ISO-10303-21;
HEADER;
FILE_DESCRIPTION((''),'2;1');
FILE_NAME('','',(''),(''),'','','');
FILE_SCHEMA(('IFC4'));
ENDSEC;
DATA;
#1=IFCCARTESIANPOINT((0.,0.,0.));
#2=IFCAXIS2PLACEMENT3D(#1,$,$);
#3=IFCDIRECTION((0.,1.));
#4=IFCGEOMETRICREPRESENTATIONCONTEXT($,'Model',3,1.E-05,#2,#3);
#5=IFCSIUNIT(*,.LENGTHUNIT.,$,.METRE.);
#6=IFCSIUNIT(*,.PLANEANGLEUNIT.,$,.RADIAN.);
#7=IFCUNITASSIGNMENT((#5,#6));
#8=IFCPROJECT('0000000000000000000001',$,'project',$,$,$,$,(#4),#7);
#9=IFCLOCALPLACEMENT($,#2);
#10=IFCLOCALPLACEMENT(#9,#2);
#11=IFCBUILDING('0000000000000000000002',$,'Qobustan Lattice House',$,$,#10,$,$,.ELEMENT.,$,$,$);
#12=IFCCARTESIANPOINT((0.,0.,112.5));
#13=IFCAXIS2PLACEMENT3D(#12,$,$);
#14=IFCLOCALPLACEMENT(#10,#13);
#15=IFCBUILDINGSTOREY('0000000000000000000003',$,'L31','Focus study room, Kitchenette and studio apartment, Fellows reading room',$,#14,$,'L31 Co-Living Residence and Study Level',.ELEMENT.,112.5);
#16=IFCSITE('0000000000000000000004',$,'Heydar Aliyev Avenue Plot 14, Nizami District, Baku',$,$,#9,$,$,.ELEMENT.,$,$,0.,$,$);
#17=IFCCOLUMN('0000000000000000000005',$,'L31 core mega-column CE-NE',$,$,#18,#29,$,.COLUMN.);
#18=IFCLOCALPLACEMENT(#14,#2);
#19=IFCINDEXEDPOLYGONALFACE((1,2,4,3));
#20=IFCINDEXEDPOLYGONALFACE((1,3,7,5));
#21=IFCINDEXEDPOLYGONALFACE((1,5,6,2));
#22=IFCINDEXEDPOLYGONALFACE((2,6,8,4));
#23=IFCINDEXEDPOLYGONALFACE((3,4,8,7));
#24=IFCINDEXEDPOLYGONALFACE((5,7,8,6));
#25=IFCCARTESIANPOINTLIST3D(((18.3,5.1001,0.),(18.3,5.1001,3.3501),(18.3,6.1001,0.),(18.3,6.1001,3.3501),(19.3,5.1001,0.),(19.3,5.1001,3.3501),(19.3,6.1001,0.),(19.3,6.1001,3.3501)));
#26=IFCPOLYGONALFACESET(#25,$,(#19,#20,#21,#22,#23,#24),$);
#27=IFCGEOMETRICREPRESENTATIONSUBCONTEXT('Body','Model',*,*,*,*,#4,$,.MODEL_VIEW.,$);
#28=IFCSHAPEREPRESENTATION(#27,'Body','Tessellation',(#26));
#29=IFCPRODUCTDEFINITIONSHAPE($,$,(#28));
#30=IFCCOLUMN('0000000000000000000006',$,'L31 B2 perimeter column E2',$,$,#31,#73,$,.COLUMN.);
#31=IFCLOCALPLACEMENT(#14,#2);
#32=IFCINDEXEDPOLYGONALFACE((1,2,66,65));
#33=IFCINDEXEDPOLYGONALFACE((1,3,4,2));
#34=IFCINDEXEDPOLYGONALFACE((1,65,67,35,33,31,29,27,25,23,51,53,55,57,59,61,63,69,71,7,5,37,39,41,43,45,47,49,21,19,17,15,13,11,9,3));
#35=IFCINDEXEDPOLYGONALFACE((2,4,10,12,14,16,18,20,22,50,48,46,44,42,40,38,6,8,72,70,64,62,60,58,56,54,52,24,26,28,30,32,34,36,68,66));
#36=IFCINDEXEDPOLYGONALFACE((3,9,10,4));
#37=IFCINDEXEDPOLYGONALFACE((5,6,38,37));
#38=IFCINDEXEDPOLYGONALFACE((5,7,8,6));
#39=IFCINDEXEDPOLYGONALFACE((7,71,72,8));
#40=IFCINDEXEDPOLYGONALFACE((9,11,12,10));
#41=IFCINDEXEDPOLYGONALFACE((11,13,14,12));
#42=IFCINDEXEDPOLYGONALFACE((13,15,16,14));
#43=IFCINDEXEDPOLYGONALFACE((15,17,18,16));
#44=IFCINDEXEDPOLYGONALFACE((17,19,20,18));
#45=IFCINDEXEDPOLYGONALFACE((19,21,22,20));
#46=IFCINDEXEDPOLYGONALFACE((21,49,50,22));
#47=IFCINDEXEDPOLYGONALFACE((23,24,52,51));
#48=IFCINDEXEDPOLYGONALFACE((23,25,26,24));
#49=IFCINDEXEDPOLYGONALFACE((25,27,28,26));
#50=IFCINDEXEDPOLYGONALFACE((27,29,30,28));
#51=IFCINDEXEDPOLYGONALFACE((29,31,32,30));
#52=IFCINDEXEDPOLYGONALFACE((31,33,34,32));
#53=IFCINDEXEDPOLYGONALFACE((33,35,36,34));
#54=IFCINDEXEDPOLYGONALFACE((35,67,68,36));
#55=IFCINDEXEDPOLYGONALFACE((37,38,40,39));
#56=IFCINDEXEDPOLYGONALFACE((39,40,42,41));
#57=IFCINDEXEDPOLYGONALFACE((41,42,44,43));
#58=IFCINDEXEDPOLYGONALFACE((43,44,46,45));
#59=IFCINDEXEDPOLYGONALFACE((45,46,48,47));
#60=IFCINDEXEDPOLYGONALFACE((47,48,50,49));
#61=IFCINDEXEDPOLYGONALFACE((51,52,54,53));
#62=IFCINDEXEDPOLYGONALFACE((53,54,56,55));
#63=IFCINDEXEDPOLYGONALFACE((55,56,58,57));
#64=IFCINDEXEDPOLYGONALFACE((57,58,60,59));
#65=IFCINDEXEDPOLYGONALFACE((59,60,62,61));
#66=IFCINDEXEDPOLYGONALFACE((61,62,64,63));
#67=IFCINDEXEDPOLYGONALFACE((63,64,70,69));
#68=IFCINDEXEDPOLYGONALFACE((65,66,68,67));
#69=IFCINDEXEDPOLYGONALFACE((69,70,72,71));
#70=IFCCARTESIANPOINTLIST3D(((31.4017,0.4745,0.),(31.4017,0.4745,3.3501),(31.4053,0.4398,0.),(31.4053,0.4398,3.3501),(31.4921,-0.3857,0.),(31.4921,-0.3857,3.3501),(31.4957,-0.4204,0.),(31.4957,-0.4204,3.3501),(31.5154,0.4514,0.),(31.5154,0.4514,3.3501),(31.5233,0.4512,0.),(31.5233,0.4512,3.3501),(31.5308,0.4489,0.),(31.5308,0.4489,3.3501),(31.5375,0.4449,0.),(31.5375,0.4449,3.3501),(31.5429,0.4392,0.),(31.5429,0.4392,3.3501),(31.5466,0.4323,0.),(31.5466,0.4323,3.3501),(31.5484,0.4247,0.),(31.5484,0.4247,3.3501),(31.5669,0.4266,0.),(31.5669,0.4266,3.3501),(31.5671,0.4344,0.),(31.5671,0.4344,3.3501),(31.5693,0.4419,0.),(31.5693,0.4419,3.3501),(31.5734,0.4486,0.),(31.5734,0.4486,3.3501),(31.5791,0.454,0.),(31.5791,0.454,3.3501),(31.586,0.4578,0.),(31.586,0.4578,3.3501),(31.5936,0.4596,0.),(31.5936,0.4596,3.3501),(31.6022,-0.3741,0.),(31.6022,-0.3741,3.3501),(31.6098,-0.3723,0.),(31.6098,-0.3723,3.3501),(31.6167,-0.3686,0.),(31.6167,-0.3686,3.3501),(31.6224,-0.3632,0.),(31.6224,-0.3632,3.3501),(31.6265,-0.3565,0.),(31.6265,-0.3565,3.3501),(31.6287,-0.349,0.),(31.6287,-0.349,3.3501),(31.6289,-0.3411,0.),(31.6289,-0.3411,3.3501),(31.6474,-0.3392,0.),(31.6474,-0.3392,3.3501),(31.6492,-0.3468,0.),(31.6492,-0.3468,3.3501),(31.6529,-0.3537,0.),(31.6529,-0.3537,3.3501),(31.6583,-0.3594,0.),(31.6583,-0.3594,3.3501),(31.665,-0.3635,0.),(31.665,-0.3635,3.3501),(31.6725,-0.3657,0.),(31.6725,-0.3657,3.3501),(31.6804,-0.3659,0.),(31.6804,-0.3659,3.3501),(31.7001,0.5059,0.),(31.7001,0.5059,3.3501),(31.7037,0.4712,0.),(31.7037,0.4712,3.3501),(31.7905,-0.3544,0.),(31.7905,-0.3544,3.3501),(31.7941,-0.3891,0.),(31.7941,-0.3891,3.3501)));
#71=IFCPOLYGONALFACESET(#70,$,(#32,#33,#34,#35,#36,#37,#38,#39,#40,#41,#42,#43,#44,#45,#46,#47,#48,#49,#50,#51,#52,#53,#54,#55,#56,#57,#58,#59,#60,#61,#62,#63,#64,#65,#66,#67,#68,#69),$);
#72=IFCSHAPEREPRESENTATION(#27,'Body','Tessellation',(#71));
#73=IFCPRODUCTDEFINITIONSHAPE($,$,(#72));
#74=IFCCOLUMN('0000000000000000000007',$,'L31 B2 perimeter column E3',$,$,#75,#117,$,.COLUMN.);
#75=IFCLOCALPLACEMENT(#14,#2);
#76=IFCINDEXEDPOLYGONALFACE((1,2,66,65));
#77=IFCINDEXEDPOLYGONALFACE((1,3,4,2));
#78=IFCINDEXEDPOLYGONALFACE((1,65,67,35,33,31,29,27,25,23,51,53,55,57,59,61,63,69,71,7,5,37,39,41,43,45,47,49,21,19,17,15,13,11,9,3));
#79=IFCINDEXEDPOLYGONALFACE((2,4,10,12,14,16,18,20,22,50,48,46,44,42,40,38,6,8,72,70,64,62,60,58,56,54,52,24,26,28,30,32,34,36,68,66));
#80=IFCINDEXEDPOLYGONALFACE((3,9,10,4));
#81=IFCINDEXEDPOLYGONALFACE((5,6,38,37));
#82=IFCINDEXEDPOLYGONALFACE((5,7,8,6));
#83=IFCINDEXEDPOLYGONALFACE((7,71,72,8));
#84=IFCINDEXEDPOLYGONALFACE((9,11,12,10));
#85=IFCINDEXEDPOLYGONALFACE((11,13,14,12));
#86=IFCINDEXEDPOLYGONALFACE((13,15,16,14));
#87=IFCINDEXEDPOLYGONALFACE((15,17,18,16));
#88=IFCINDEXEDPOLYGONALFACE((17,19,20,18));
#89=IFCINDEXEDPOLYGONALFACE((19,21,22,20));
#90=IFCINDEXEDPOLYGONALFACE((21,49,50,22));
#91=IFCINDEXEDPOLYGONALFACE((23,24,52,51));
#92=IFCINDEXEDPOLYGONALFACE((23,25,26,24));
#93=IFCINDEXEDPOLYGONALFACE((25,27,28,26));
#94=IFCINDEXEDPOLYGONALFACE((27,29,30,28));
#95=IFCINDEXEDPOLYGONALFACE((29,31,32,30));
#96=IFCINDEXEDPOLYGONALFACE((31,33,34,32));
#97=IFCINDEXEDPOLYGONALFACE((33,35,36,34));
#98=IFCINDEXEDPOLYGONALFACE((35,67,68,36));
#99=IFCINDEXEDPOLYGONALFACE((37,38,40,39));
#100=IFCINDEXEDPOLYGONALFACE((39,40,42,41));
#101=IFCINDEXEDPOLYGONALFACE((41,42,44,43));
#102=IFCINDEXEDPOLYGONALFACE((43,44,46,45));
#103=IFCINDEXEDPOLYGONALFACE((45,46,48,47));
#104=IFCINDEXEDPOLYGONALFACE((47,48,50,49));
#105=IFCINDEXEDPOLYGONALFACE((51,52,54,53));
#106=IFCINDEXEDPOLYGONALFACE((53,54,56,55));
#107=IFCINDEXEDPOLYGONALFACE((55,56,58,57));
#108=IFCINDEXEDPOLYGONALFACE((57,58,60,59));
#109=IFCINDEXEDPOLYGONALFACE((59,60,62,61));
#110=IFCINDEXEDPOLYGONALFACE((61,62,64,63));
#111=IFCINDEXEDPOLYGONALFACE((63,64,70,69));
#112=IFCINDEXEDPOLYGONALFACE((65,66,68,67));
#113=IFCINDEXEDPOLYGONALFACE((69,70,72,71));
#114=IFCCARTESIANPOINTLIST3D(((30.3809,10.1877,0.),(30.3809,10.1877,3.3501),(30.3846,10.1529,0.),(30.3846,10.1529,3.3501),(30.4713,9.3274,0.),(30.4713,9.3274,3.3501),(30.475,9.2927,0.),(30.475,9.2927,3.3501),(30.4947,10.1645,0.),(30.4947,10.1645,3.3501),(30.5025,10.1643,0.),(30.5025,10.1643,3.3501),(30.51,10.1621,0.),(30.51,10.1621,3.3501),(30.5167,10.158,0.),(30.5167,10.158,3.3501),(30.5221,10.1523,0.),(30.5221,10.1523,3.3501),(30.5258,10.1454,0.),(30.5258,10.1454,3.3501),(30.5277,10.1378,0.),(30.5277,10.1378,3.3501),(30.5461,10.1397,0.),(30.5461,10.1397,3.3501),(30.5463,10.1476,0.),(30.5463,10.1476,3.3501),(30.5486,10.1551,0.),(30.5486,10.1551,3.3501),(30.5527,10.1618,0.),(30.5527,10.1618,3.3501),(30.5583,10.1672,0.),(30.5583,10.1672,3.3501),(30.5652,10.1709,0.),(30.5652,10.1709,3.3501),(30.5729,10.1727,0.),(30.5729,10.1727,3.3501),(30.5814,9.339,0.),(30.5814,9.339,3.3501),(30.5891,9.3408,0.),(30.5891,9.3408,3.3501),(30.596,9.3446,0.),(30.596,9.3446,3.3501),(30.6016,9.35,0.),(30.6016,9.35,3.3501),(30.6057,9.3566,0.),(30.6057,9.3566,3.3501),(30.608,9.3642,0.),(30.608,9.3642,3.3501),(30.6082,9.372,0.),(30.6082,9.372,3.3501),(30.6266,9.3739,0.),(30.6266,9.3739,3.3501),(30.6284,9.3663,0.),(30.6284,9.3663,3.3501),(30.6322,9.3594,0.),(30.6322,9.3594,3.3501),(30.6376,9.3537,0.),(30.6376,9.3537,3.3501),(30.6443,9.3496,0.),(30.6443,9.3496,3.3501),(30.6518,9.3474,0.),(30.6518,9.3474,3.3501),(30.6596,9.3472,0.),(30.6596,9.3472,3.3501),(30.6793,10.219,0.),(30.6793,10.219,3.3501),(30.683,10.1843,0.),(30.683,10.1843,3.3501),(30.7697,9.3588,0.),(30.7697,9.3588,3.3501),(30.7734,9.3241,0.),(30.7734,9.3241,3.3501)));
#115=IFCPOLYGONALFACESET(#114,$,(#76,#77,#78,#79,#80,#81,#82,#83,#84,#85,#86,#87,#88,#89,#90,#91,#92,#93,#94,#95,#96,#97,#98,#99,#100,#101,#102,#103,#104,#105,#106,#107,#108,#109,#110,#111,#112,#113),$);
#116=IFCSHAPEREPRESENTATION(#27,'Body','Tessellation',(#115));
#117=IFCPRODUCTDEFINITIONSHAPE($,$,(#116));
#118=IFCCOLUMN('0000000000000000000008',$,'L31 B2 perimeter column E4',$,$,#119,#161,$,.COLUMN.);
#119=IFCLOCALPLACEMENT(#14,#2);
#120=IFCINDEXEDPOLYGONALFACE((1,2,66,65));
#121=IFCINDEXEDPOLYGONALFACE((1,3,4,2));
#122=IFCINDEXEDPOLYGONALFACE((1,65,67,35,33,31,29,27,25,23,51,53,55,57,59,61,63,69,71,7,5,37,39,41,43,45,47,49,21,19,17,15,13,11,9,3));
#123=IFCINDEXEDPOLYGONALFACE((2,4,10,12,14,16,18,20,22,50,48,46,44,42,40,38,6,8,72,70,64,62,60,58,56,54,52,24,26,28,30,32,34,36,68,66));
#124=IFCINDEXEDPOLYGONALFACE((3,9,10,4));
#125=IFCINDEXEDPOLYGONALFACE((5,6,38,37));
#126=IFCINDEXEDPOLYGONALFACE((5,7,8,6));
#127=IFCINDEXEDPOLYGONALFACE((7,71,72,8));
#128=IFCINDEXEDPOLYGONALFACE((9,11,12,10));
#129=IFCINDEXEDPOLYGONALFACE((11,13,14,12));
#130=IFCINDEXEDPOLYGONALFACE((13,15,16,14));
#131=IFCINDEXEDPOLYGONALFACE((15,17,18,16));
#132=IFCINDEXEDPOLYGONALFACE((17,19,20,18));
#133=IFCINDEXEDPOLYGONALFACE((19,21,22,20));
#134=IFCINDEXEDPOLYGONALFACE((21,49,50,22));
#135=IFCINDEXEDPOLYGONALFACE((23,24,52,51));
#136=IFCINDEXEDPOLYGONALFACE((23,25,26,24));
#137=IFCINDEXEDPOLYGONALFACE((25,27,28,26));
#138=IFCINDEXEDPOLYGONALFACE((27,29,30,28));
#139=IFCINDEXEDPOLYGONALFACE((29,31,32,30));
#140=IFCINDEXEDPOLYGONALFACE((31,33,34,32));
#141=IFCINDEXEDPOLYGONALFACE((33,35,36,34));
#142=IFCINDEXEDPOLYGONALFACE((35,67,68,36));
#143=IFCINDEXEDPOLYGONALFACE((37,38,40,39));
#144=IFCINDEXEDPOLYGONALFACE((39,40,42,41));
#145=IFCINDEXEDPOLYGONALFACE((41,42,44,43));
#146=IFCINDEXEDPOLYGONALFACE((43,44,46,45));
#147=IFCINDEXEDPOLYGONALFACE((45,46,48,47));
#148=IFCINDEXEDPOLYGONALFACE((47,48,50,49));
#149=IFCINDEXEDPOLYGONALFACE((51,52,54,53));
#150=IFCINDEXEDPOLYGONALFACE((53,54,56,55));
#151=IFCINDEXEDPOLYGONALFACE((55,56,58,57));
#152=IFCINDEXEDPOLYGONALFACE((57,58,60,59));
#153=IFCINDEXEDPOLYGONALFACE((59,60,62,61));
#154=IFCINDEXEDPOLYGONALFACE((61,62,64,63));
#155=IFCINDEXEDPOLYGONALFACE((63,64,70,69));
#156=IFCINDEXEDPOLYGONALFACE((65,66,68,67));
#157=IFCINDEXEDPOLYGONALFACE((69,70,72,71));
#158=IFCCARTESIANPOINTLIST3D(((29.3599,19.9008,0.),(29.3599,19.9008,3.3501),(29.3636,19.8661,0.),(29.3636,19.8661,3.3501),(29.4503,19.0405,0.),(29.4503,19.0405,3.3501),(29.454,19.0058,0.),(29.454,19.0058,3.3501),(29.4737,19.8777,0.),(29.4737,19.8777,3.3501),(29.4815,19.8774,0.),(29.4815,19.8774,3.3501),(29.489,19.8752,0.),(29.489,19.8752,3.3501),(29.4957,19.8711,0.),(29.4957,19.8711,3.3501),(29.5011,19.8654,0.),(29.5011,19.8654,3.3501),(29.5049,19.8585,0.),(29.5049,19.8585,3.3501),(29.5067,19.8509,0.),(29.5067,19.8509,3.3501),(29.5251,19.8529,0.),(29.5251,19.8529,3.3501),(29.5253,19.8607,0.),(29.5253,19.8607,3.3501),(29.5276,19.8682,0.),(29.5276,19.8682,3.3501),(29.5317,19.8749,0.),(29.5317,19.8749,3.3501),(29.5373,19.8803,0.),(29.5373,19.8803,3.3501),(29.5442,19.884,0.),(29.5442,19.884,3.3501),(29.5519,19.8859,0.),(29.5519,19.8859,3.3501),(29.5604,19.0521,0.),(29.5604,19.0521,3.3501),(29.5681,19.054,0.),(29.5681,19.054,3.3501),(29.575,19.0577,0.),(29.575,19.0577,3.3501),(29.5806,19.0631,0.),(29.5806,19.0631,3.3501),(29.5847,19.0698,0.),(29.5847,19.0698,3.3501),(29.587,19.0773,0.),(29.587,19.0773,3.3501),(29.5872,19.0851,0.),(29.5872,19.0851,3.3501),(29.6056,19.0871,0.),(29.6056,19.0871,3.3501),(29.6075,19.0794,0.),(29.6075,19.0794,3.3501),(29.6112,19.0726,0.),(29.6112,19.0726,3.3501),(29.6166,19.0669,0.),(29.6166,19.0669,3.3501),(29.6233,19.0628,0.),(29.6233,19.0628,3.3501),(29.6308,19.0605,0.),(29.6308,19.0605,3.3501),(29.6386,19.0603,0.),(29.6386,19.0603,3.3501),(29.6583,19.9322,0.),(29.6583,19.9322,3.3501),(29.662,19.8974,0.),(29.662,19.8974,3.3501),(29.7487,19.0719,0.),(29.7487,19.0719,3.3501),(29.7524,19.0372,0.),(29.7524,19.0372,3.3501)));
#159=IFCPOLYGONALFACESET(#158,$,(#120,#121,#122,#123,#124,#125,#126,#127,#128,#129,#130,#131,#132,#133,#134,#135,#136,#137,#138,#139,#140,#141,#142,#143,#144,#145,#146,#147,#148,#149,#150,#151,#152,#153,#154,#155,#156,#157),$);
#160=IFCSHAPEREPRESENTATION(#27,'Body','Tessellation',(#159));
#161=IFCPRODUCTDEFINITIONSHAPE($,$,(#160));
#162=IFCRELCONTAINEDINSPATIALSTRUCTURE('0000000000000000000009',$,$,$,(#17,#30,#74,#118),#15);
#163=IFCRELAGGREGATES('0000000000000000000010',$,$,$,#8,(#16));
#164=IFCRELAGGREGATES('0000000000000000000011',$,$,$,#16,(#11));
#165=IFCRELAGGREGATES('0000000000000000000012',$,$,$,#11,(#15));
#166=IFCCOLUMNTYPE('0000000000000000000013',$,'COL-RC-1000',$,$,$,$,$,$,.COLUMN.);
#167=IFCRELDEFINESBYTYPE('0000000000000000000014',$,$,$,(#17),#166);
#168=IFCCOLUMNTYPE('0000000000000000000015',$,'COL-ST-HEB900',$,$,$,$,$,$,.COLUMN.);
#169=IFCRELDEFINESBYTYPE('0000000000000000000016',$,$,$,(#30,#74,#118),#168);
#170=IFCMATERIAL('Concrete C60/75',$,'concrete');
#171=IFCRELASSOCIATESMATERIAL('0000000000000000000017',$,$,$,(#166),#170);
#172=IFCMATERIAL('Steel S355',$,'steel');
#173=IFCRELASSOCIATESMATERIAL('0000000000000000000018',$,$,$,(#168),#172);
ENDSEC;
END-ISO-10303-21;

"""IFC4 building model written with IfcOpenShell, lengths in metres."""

from ifc_helpers import new_model, si_unit, direction, frame, origin, origin_2d, place, context, subcontext, project, spatial, rectangle, i_section, extrude, material, material_profile, profile_set, type_object, element, save


model = new_model("IFC4")

# Units and contexts
model_context = context("Model", 3, precision=1e-05, world=origin(), true_north=direction((0.0, 1.0)))
body_context = subcontext(model_context, "Body", "Model", "MODEL_VIEW")
ifc_project = project(units=[si_unit("LENGTHUNIT", "METRE"), si_unit("PLANEANGLEUNIT", "RADIAN")], contexts=[model_context])

# Site, building, storey
site_placement = place(None, origin())
site = spatial("IfcSite", under=ifc_project, at=site_placement, Name="Heydar Aliyev Avenue Plot 14, Nizami District, Baku", CompositionType="ELEMENT", RefElevation=0.0)
building_placement = place(site_placement, origin())
building = spatial("IfcBuilding", under=site, at=building_placement, Name="Qobustan Lattice House", CompositionType="ELEMENT")
storey_placement = place(building_placement, frame((0.0, 0.0, 112.5)))
storey = spatial("IfcBuildingStorey", under=building, at=storey_placement, Name="L31", Description="Focus study room, Kitchenette and studio apartment, Fellows reading room", LongName="L31 Co-Living Residence and Study Level", CompositionType="ELEMENT", Elevation=112.5)

# Columns
ifc_material_1 = material(Name="Concrete C60/75", Category="concrete")
ifc_material_profile_1 = material_profile(ifc_material_1, rectangle(XDim=1.0, YDim=1.0, at=origin_2d()), Name="RC1000x1000")
ifc_profile_set_1 = profile_set([ifc_material_profile_1], Name="Concrete C60/75")
column_type_1 = type_object("IfcColumnType", Name="COL-RC-1000", PredefinedType="COLUMN", material=ifc_profile_set_1)
column_1_placement = place(storey_placement, frame((18.8, 5.6001, 0.0), z_axis=(0.0, 0.0, 1.0), x_axis=(1.0, 0.0, 0.0)))
element("IfcColumn", 1, at=column_1_placement, inside=storey, type_object=column_type_1, Name="L31 core mega-column CE-NE", PredefinedType="COLUMN", context=body_context, shape_type="SweptSolid", body=[
    extrude(rectangle(XDim=1.0, YDim=1.0, at=origin_2d()), origin(), (0.0, 0.0, 1.0), 3.3501),
])
ifc_material_2 = material(Name="Steel S355", Category="steel")
ifc_material_profile_2 = material_profile(ifc_material_2, i_section(OverallWidth=0.3, OverallDepth=0.8999, WebThickness=0.0186, FlangeThickness=0.0349, FilletRadius=0.03, at=origin_2d()), Name="HEB900")
ifc_profile_set_2 = profile_set([ifc_material_profile_2], Name="Steel S355")
column_type_2 = type_object("IfcColumnType", Name="COL-ST-HEB900", PredefinedType="COLUMN", material=ifc_profile_set_2)
for number, where, z_axis, x_axis, name in (
    (2, (31.5979, 0.0427, 0.0), (0.0, 0.0, 1.0), (0.994522, 0.104528, 0.0), "L31 B2 perimeter column E2"),
    (3, (30.5771, 9.7559, 0.0), (0.0, 0.0, 1.0), (0.994522, 0.104528, 0.0), "L31 B2 perimeter column E3"),
    (4, (29.5562, 19.469, 0.0), (0.0, 0.0, 1.0), (0.994522, 0.104528, 0.0), "L31 B2 perimeter column E4"),
):
    element("IfcColumn", number, at=place(storey_placement, frame(where, z_axis=z_axis, x_axis=x_axis)), inside=storey, type_object=column_type_2, Name=name, PredefinedType="COLUMN", context=body_context, shape_type="SweptSolid", body=[
        extrude(i_section(OverallWidth=0.3, OverallDepth=0.8999, WebThickness=0.0186, FlangeThickness=0.0349, FilletRadius=0.03, at=origin_2d()), origin(), (0.0, 0.0, 1.0), 3.3501),
    ])

save(model, "model.ifc")
